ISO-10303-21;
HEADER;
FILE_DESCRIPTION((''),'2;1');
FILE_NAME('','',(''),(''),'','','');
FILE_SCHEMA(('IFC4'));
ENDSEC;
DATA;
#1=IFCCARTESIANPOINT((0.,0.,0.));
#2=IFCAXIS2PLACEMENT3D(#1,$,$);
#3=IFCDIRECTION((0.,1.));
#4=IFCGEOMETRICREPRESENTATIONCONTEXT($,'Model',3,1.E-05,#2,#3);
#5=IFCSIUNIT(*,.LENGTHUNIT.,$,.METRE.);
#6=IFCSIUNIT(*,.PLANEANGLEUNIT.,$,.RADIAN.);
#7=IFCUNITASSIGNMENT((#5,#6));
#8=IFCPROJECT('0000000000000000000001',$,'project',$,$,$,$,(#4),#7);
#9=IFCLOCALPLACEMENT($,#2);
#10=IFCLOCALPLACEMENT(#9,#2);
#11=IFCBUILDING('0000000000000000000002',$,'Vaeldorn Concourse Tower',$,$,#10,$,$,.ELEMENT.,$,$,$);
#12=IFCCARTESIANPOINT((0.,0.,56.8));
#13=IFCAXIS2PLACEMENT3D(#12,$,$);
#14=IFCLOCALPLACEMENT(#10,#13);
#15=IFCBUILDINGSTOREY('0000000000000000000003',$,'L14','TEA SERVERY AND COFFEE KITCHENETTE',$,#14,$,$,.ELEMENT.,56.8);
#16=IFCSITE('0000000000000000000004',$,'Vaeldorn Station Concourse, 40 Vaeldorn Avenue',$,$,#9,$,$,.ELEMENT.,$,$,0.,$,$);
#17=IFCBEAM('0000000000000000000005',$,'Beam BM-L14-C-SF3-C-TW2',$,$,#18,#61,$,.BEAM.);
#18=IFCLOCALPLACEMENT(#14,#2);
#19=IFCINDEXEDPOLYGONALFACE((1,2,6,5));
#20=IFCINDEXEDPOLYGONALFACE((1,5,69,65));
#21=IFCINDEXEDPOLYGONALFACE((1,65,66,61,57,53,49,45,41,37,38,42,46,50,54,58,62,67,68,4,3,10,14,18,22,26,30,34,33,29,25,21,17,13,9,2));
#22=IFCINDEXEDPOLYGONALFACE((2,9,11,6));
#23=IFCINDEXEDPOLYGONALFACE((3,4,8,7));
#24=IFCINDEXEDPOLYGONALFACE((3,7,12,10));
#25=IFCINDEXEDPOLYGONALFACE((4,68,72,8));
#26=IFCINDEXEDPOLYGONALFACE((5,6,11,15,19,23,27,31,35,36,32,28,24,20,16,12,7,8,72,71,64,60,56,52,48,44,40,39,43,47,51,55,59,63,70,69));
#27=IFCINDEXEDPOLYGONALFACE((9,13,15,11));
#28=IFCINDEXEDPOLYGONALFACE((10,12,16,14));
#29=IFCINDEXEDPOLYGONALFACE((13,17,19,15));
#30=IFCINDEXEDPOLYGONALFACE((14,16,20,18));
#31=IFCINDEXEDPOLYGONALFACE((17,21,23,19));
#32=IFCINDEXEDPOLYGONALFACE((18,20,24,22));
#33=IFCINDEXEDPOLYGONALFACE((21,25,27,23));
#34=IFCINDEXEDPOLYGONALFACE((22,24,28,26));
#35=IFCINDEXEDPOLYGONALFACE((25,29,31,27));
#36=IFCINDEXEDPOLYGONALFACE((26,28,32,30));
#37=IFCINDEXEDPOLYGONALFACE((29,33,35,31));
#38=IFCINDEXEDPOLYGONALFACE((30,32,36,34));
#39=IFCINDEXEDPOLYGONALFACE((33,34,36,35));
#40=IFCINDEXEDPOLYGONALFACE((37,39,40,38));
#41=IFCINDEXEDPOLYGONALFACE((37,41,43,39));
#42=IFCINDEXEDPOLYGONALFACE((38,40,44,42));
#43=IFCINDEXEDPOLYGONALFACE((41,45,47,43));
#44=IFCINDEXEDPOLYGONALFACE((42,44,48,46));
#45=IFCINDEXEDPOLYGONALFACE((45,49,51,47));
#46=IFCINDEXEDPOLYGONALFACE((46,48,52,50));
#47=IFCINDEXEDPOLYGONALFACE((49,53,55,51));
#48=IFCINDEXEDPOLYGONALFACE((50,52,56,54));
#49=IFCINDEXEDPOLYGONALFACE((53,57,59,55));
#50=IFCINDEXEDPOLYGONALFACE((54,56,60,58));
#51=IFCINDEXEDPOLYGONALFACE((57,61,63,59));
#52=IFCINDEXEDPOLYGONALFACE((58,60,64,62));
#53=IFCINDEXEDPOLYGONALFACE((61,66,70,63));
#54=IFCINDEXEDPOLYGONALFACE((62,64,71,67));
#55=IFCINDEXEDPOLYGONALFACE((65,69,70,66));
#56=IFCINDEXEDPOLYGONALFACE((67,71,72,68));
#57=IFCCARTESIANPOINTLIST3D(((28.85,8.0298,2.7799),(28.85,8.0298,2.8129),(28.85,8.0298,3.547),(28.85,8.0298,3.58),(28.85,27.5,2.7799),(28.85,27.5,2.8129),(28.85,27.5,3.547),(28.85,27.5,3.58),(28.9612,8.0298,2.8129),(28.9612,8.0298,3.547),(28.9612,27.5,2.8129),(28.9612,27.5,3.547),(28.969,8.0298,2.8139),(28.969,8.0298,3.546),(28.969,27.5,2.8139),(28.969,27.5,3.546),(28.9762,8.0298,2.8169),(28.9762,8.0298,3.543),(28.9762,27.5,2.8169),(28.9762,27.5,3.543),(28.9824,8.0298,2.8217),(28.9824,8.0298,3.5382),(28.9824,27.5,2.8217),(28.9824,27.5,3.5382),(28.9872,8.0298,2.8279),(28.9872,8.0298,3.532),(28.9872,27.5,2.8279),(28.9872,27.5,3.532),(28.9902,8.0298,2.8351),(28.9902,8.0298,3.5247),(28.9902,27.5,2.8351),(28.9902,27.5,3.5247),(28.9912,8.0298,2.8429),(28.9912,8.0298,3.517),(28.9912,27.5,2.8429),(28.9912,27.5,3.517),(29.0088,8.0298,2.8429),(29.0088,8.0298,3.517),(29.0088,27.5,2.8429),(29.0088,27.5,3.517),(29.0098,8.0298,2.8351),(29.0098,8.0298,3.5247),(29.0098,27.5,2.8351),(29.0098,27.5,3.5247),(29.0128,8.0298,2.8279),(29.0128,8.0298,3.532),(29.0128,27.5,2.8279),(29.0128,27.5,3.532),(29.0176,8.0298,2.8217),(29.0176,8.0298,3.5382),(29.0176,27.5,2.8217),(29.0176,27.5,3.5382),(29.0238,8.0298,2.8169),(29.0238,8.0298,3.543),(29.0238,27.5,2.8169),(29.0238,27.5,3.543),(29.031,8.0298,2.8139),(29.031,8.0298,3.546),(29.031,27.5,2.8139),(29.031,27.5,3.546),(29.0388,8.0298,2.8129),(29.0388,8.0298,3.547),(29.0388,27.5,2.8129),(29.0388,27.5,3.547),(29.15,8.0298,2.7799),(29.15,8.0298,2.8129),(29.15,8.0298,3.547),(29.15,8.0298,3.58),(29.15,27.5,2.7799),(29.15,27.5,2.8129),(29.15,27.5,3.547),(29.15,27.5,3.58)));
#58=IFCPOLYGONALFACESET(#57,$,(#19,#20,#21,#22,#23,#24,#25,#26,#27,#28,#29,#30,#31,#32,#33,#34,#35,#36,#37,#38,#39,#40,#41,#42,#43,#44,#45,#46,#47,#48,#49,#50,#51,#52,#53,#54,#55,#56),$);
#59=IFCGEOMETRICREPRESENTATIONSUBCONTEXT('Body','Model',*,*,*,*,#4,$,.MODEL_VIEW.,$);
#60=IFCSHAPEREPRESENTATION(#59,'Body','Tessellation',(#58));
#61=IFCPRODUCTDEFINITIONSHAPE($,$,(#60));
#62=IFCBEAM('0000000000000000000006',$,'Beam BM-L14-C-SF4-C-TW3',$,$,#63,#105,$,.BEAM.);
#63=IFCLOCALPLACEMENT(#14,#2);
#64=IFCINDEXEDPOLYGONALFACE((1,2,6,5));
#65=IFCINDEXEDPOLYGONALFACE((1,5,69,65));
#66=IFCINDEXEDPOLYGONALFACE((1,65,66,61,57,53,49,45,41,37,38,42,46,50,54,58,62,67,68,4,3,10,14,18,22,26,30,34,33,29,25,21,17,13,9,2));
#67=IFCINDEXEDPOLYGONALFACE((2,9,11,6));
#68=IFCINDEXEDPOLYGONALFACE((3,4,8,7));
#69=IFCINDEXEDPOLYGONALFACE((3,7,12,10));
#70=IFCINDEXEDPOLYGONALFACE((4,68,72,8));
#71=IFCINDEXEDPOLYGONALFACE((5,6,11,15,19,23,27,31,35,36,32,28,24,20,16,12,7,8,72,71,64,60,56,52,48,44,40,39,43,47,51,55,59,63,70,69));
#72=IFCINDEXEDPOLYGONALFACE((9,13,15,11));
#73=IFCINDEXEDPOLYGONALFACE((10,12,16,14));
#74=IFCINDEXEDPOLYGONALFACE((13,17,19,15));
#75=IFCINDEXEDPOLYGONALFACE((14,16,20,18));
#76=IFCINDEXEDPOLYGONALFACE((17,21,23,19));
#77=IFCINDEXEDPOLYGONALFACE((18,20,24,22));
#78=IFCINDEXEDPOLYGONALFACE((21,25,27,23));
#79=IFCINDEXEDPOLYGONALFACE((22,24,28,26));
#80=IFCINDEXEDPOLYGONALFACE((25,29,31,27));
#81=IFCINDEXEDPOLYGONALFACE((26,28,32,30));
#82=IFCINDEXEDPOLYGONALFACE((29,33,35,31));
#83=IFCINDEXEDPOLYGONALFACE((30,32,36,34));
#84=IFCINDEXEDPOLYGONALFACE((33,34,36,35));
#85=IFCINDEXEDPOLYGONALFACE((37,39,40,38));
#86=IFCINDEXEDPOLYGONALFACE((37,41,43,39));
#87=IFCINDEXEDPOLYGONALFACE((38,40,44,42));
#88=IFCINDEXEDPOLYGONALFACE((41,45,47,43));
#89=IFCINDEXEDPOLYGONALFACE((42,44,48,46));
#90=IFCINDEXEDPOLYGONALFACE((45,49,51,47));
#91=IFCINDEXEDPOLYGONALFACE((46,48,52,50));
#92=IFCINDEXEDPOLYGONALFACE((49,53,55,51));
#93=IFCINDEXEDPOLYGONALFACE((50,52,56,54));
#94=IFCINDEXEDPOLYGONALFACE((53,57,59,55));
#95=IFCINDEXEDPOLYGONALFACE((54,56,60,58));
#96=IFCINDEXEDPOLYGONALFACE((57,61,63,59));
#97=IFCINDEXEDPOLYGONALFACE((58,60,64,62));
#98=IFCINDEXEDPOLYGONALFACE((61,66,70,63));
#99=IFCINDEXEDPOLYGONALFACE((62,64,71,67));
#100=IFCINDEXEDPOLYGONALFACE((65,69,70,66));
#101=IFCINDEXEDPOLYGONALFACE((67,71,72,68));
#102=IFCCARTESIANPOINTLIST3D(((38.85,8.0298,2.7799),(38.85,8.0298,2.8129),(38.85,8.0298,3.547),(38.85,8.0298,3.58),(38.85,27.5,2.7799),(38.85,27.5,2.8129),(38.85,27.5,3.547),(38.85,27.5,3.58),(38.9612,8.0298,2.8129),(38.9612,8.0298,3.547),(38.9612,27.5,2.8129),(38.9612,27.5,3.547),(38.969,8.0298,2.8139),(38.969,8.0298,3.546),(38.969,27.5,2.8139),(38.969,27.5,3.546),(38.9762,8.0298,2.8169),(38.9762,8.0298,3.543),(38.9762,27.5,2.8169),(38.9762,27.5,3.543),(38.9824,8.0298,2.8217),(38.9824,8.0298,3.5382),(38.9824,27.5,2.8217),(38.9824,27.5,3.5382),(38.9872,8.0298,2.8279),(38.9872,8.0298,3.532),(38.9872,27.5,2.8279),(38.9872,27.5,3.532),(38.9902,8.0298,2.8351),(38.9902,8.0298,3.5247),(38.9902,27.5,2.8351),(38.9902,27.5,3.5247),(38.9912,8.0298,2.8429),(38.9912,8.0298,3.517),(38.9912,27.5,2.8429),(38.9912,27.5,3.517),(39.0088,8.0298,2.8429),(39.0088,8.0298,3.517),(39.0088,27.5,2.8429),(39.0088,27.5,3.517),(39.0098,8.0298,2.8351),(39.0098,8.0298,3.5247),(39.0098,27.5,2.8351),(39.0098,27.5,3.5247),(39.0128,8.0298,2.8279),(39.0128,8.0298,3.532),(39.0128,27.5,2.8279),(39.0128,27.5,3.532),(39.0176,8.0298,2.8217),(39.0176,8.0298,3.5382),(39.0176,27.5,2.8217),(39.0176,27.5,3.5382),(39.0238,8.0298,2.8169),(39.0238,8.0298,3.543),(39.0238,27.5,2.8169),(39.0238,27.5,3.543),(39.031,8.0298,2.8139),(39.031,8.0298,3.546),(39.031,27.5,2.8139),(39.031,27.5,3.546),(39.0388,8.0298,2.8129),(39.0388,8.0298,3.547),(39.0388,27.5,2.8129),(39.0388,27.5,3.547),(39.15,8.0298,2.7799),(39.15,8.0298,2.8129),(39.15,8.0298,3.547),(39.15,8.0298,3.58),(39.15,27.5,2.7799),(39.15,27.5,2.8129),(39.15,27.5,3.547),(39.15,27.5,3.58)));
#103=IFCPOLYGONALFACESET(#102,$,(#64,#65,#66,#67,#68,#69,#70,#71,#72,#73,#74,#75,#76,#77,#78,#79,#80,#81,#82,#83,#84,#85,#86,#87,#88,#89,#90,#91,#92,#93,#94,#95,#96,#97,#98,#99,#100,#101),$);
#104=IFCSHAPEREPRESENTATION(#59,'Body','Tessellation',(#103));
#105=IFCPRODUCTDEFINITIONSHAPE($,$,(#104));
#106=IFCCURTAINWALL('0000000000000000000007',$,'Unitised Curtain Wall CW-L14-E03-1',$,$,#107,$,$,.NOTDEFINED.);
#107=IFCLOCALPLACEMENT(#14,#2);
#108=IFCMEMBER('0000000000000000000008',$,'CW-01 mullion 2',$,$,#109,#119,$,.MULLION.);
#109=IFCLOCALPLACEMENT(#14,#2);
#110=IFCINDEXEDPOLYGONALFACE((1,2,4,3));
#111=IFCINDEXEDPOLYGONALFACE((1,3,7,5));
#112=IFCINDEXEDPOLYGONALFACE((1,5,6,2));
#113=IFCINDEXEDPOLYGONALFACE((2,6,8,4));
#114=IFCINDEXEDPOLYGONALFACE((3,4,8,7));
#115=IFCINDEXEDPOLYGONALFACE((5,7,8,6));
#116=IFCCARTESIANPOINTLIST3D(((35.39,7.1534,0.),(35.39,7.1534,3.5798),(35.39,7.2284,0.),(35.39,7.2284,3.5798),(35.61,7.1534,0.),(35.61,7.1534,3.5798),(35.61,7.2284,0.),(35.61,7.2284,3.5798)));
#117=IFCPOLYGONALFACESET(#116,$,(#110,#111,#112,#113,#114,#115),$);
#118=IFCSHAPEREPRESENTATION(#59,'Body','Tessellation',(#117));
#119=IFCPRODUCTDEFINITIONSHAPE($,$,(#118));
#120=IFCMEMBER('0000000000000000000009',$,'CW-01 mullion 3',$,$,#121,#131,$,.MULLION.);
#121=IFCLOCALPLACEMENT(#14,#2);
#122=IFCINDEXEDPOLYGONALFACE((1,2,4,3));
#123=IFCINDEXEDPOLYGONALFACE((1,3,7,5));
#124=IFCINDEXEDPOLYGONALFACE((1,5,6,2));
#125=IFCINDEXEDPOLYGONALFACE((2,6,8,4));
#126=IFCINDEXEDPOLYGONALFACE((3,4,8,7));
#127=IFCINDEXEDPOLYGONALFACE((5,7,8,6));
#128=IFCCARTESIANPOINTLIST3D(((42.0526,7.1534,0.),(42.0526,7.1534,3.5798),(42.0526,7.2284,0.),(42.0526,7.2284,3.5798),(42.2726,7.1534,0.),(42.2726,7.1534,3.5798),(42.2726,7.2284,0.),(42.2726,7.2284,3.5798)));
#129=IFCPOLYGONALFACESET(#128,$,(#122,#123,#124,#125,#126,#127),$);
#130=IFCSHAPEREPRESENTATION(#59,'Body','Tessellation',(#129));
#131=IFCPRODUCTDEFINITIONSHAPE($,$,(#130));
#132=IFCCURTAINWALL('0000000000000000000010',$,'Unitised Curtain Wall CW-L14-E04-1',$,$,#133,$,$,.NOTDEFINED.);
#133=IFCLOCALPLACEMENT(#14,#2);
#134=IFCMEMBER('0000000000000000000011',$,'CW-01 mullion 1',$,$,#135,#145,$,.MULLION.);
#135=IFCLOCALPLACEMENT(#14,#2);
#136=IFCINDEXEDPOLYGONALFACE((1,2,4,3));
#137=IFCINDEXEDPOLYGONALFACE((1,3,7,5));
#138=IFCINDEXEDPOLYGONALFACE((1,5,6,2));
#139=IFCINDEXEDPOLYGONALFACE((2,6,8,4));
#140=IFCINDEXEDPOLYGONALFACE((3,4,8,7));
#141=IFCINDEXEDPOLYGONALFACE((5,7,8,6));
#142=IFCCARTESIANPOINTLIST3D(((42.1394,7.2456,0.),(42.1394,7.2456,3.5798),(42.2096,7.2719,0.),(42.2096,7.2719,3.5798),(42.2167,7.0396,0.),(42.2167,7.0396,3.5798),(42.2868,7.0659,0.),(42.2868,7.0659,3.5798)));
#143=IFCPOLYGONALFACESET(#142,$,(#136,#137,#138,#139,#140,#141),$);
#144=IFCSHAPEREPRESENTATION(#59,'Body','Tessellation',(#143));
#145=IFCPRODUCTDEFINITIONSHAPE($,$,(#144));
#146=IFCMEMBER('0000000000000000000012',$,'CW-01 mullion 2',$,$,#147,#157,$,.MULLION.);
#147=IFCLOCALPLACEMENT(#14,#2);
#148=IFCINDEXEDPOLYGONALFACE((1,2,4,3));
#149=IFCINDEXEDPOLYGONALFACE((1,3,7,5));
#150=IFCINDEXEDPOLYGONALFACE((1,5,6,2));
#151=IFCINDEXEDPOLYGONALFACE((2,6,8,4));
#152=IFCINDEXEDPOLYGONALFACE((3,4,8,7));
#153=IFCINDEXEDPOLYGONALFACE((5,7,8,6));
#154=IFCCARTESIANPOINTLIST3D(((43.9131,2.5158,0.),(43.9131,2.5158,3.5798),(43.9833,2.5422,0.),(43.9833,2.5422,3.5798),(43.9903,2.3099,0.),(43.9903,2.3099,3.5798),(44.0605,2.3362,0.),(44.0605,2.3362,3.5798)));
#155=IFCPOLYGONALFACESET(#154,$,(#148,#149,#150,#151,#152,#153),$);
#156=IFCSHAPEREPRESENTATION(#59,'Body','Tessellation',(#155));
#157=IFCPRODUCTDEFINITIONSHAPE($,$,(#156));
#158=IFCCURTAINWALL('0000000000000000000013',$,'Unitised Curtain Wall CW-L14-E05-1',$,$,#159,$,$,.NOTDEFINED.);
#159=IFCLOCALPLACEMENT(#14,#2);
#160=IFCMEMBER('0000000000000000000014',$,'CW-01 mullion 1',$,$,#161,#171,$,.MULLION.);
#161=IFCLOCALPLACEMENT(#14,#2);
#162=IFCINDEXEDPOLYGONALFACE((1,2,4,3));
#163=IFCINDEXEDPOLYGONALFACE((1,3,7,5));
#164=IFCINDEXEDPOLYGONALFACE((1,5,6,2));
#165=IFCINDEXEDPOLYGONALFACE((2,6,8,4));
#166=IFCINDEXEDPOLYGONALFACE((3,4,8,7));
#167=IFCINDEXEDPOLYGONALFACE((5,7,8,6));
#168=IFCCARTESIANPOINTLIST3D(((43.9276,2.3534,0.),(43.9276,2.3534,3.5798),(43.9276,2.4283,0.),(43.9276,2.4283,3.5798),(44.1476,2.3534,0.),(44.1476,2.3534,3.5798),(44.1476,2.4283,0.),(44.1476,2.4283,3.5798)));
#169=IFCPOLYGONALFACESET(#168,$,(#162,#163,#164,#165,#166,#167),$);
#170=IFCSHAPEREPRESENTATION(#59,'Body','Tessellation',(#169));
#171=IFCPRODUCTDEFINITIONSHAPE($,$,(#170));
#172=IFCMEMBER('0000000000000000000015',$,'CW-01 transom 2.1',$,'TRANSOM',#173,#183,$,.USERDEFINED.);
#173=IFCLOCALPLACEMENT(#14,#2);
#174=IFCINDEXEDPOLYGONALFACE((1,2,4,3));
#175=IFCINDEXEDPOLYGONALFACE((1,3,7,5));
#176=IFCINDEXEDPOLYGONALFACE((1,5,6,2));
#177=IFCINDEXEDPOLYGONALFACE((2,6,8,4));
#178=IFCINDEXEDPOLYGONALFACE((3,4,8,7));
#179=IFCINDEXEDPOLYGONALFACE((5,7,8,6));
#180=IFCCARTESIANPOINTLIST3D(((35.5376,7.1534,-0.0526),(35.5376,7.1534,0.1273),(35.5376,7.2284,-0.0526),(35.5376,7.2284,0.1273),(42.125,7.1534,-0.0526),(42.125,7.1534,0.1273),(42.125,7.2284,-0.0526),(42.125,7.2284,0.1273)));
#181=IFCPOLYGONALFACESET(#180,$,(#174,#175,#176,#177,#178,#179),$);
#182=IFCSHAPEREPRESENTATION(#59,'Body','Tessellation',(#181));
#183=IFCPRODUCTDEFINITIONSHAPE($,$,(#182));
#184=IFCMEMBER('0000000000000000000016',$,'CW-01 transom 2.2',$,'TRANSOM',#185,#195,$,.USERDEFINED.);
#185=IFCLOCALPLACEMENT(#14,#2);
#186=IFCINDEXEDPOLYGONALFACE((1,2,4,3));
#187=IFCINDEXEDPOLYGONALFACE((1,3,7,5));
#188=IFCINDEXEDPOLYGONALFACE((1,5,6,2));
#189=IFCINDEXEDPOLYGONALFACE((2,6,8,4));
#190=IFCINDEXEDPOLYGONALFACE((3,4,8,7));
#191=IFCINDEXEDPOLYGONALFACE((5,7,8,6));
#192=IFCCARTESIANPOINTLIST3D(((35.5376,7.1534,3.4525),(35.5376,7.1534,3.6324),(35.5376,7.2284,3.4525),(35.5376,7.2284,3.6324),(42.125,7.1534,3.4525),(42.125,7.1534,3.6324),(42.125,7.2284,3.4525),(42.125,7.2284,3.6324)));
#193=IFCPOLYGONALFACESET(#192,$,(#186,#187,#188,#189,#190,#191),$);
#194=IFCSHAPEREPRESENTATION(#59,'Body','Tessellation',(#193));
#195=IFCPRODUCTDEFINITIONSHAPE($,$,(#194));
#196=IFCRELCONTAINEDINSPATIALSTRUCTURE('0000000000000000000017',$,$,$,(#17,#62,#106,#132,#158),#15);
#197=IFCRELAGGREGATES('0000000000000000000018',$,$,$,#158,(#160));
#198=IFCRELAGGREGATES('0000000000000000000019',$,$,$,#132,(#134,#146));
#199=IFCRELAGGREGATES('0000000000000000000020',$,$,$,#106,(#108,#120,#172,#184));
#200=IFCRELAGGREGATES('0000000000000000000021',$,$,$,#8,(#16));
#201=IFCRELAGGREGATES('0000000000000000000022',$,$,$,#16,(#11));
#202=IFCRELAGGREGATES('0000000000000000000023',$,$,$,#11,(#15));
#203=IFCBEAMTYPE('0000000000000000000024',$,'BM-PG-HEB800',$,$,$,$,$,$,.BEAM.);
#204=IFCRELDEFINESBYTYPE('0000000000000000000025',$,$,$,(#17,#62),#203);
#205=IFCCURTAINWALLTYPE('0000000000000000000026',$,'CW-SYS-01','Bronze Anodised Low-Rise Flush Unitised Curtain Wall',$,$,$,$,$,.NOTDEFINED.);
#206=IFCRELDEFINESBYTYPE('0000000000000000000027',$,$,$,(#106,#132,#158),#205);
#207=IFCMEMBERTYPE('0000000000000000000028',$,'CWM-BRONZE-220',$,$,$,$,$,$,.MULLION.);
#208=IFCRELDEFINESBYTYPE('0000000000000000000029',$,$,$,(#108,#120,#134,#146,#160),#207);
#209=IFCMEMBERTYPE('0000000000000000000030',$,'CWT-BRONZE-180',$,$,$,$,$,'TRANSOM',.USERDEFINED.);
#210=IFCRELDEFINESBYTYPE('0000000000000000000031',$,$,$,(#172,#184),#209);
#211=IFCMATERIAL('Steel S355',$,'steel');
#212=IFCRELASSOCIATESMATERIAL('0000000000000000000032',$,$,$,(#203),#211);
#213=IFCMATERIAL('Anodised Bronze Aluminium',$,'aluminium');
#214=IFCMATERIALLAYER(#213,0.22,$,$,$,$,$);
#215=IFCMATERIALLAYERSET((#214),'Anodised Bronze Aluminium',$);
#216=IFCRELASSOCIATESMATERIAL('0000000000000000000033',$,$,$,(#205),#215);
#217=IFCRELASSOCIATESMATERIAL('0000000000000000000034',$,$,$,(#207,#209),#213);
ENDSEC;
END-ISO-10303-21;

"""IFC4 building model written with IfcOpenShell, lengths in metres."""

from ifc_helpers import new_model, si_unit, direction, frame, origin, origin_2d, place, context, subcontext, project, spatial, rectangle, i_section, extrude, source, transform, mapped, material, layer, layer_set, material_profile, profile_set, type_object, element, aggregate, save


model = new_model("IFC4")

# Units and contexts
model_context = context("Model", 3, precision=1e-05, world=origin(), true_north=direction((0.0, 1.0)))
body_context = subcontext(model_context, "Body", "Model", "MODEL_VIEW")
ifc_project = project(units=[si_unit("LENGTHUNIT", "METRE"), si_unit("PLANEANGLEUNIT", "RADIAN")], contexts=[model_context])

# Site, building, storey
site_placement = place(None, origin())
site = spatial("IfcSite", under=ifc_project, at=site_placement, Name="Vaeldorn Station Concourse, 40 Vaeldorn Avenue", CompositionType="ELEMENT", RefElevation=0.0)
building_placement = place(site_placement, origin())
building = spatial("IfcBuilding", under=site, at=building_placement, Name="Vaeldorn Concourse Tower", CompositionType="ELEMENT")
storey_placement = place(building_placement, frame((0.0, 0.0, 56.8)))
storey = spatial("IfcBuildingStorey", under=building, at=storey_placement, Name="L14", Description="TEA SERVERY AND COFFEE KITCHENETTE", CompositionType="ELEMENT", Elevation=56.8)

# Beams
ifc_material_1 = material(Name="Steel S355", Category="steel")
ifc_material_profile_1 = material_profile(ifc_material_1, i_section(OverallWidth=0.3, OverallDepth=0.8, WebThickness=0.0176, FlangeThickness=0.033, FilletRadius=0.03, at=origin_2d()), Name="HEB 800")
ifc_profile_set_1 = profile_set([ifc_material_profile_1], Name="Steel S355")
beam_type_1 = type_object("IfcBeamType", Name="BM-PG-HEB800", PredefinedType="BEAM", material=ifc_profile_set_1)
shared_shape_1 = source(origin(), body_context, "Body", "SweptSolid", [
    extrude(i_section(OverallWidth=0.3, OverallDepth=0.8, WebThickness=0.0176, FlangeThickness=0.033, FilletRadius=0.03, at=origin_2d()), origin(), (0.0, 0.0, 1.0), 19.4702),
])
for number, where, z_axis, x_axis, name in (
    (1, (29.0, 8.0298, 3.1799), (0.0, 1.0, 0.0), (-1.0, 0.0, 0.0), "Beam BM-L14-C-SF3-C-TW2"),
    (2, (39.0, 8.0298, 3.1799), (0.0, 1.0, 0.0), (-1.0, 0.0, 0.0), "Beam BM-L14-C-SF4-C-TW3"),
):
    element("IfcBeam", number, at=place(storey_placement, frame(where, z_axis=z_axis, x_axis=x_axis)), inside=storey, type_object=beam_type_1, Name=name, PredefinedType="BEAM", context=body_context, shape_type="MappedRepresentation", body=[
        mapped(shared_shape_1, transform((0.0, 0.0, 0.0), scale=1.0)),
    ])

# Curtain walls, members
ifc_material_2 = material(Name="Anodised Bronze Aluminium", Category="aluminium")
ifc_layer_1 = layer(ifc_material_2, 0.22)
ifc_layer_set_1 = layer_set([ifc_layer_1], Name="Anodised Bronze Aluminium")
curtain_wall_type = type_object("IfcCurtainWallType", Name="CW-SYS-01", Description="Bronze Anodised Low-Rise Flush Unitised Curtain Wall", PredefinedType="NOTDEFINED", material=ifc_layer_set_1)
curtain_wall_1_placement = place(storey_placement, origin())
curtain_wall_1 = element("IfcCurtainWall", 3, at=curtain_wall_1_placement, inside=storey, type_object=curtain_wall_type, Name="Unitised Curtain Wall CW-L14-E03-1", PredefinedType="NOTDEFINED")
ifc_material_profile_2 = material_profile(ifc_material_2, rectangle(XDim=0.075, YDim=0.22, at=origin_2d()), Name="CWM 75x220")
ifc_profile_set_2 = profile_set([ifc_material_profile_2], Name="Anodised Bronze Aluminium")
member_type_1 = type_object("IfcMemberType", Name="CWM-BRONZE-220", PredefinedType="MULLION", material=ifc_profile_set_2)
shared_shape_2 = source(origin(), body_context, "Body", "SweptSolid", [
    extrude(rectangle(XDim=0.075, YDim=0.22, at=origin_2d()), origin(), (0.0, 0.0, 1.0), 3.5798),
])
member_1_placement = place(storey_placement, frame((35.5, 7.1909, 0.0), z_axis=(0.0, 0.0, 1.0), x_axis=(0.0, 1.0, 0.0)))
member_1 = element("IfcMember", 4, at=member_1_placement, type_object=member_type_1, Name="CW-01 mullion 2", PredefinedType="MULLION", context=body_context, shape_type="MappedRepresentation", body=[
    mapped(shared_shape_2, transform((0.0, 0.0, 0.0), scale=1.0)),
])
member_2_placement = place(storey_placement, frame((42.1626, 7.1909, 0.0), z_axis=(0.0, 0.0, 1.0), x_axis=(0.0, 1.0, 0.0)))
member_2 = element("IfcMember", 5, at=member_2_placement, type_object=member_type_1, Name="CW-01 mullion 3", PredefinedType="MULLION", context=body_context, shape_type="MappedRepresentation", body=[
    mapped(shared_shape_2, transform((0.0, 0.0, 0.0), scale=1.0)),
])
curtain_wall_2_placement = place(storey_placement, origin())
curtain_wall_2 = element("IfcCurtainWall", 6, at=curtain_wall_2_placement, inside=storey, type_object=curtain_wall_type, Name="Unitised Curtain Wall CW-L14-E04-1", PredefinedType="NOTDEFINED")
member_3_placement = place(storey_placement, frame((42.2131, 7.1558, 0.0), z_axis=(0.0, 0.0, 1.0), x_axis=(0.936329, 0.351123, 0.0)))
member_3 = element("IfcMember", 7, at=member_3_placement, type_object=member_type_1, Name="CW-01 mullion 1", PredefinedType="MULLION", context=body_context, shape_type="MappedRepresentation", body=[
    mapped(shared_shape_2, transform((0.0, 0.0, 0.0), scale=1.0)),
])
member_4_placement = place(storey_placement, frame((43.9868, 2.426, 0.0), z_axis=(0.0, 0.0, 1.0), x_axis=(0.936329, 0.351123, 0.0)))
member_4 = element("IfcMember", 8, at=member_4_placement, type_object=member_type_1, Name="CW-01 mullion 2", PredefinedType="MULLION", context=body_context, shape_type="MappedRepresentation", body=[
    mapped(shared_shape_2, transform((0.0, 0.0, 0.0), scale=1.0)),
])

# Curtain wall, member
curtain_wall_3_placement = place(storey_placement, origin())
curtain_wall_3 = element("IfcCurtainWall", 9, at=curtain_wall_3_placement, inside=storey, type_object=curtain_wall_type, Name="Unitised Curtain Wall CW-L14-E05-1", PredefinedType="NOTDEFINED")
member_5_placement = place(storey_placement, frame((44.0376, 2.3909, 0.0), z_axis=(0.0, 0.0, 1.0), x_axis=(0.0, 1.0, 0.0)))
member_5 = element("IfcMember", 10, at=member_5_placement, type_object=member_type_1, Name="CW-01 mullion 1", PredefinedType="MULLION", context=body_context, shape_type="MappedRepresentation", body=[
    mapped(shared_shape_2, transform((0.0, 0.0, 0.0), scale=1.0)),
])

# Members
ifc_material_profile_3 = material_profile(ifc_material_2, rectangle(XDim=0.075, YDim=0.1799, at=origin_2d()), Name="CWT 75x180")
ifc_profile_set_3 = profile_set([ifc_material_profile_3], Name="Anodised Bronze Aluminium")
member_type_2 = type_object("IfcMemberType", Name="CWT-BRONZE-180", ElementType="TRANSOM", PredefinedType="USERDEFINED", material=ifc_profile_set_3)
shared_shape_3 = source(origin(), body_context, "Body", "SweptSolid", [
    extrude(rectangle(XDim=0.075, YDim=0.1799, at=origin_2d()), origin(), (0.0, 0.0, 1.0), 6.5874),
])
member_6_placement = place(storey_placement, frame((35.5376, 7.1909, 0.0374), z_axis=(1.0, 0.0, 0.0), x_axis=(0.0, 1.0, 0.0)))
member_6 = element("IfcMember", 11, at=member_6_placement, type_object=member_type_2, Name="CW-01 transom 2.1", ObjectType="TRANSOM", PredefinedType="USERDEFINED", context=body_context, shape_type="MappedRepresentation", body=[
    mapped(shared_shape_3, transform((0.0, 0.0, 0.0), scale=1.0)),
])
member_7_placement = place(storey_placement, frame((35.5376, 7.1909, 3.5425), z_axis=(1.0, 0.0, 0.0), x_axis=(0.0, 1.0, 0.0)))
member_7 = element("IfcMember", 12, at=member_7_placement, type_object=member_type_2, Name="CW-01 transom 2.2", ObjectType="TRANSOM", PredefinedType="USERDEFINED", context=body_context, shape_type="MappedRepresentation", body=[
    mapped(shared_shape_3, transform((0.0, 0.0, 0.0), scale=1.0)),
])
aggregate(curtain_wall_3, [member_5])

aggregate(curtain_wall_2, [member_3, member_4])
aggregate(curtain_wall_1, [member_1, member_2, member_6, member_7])

save(model, "model.ifc")
